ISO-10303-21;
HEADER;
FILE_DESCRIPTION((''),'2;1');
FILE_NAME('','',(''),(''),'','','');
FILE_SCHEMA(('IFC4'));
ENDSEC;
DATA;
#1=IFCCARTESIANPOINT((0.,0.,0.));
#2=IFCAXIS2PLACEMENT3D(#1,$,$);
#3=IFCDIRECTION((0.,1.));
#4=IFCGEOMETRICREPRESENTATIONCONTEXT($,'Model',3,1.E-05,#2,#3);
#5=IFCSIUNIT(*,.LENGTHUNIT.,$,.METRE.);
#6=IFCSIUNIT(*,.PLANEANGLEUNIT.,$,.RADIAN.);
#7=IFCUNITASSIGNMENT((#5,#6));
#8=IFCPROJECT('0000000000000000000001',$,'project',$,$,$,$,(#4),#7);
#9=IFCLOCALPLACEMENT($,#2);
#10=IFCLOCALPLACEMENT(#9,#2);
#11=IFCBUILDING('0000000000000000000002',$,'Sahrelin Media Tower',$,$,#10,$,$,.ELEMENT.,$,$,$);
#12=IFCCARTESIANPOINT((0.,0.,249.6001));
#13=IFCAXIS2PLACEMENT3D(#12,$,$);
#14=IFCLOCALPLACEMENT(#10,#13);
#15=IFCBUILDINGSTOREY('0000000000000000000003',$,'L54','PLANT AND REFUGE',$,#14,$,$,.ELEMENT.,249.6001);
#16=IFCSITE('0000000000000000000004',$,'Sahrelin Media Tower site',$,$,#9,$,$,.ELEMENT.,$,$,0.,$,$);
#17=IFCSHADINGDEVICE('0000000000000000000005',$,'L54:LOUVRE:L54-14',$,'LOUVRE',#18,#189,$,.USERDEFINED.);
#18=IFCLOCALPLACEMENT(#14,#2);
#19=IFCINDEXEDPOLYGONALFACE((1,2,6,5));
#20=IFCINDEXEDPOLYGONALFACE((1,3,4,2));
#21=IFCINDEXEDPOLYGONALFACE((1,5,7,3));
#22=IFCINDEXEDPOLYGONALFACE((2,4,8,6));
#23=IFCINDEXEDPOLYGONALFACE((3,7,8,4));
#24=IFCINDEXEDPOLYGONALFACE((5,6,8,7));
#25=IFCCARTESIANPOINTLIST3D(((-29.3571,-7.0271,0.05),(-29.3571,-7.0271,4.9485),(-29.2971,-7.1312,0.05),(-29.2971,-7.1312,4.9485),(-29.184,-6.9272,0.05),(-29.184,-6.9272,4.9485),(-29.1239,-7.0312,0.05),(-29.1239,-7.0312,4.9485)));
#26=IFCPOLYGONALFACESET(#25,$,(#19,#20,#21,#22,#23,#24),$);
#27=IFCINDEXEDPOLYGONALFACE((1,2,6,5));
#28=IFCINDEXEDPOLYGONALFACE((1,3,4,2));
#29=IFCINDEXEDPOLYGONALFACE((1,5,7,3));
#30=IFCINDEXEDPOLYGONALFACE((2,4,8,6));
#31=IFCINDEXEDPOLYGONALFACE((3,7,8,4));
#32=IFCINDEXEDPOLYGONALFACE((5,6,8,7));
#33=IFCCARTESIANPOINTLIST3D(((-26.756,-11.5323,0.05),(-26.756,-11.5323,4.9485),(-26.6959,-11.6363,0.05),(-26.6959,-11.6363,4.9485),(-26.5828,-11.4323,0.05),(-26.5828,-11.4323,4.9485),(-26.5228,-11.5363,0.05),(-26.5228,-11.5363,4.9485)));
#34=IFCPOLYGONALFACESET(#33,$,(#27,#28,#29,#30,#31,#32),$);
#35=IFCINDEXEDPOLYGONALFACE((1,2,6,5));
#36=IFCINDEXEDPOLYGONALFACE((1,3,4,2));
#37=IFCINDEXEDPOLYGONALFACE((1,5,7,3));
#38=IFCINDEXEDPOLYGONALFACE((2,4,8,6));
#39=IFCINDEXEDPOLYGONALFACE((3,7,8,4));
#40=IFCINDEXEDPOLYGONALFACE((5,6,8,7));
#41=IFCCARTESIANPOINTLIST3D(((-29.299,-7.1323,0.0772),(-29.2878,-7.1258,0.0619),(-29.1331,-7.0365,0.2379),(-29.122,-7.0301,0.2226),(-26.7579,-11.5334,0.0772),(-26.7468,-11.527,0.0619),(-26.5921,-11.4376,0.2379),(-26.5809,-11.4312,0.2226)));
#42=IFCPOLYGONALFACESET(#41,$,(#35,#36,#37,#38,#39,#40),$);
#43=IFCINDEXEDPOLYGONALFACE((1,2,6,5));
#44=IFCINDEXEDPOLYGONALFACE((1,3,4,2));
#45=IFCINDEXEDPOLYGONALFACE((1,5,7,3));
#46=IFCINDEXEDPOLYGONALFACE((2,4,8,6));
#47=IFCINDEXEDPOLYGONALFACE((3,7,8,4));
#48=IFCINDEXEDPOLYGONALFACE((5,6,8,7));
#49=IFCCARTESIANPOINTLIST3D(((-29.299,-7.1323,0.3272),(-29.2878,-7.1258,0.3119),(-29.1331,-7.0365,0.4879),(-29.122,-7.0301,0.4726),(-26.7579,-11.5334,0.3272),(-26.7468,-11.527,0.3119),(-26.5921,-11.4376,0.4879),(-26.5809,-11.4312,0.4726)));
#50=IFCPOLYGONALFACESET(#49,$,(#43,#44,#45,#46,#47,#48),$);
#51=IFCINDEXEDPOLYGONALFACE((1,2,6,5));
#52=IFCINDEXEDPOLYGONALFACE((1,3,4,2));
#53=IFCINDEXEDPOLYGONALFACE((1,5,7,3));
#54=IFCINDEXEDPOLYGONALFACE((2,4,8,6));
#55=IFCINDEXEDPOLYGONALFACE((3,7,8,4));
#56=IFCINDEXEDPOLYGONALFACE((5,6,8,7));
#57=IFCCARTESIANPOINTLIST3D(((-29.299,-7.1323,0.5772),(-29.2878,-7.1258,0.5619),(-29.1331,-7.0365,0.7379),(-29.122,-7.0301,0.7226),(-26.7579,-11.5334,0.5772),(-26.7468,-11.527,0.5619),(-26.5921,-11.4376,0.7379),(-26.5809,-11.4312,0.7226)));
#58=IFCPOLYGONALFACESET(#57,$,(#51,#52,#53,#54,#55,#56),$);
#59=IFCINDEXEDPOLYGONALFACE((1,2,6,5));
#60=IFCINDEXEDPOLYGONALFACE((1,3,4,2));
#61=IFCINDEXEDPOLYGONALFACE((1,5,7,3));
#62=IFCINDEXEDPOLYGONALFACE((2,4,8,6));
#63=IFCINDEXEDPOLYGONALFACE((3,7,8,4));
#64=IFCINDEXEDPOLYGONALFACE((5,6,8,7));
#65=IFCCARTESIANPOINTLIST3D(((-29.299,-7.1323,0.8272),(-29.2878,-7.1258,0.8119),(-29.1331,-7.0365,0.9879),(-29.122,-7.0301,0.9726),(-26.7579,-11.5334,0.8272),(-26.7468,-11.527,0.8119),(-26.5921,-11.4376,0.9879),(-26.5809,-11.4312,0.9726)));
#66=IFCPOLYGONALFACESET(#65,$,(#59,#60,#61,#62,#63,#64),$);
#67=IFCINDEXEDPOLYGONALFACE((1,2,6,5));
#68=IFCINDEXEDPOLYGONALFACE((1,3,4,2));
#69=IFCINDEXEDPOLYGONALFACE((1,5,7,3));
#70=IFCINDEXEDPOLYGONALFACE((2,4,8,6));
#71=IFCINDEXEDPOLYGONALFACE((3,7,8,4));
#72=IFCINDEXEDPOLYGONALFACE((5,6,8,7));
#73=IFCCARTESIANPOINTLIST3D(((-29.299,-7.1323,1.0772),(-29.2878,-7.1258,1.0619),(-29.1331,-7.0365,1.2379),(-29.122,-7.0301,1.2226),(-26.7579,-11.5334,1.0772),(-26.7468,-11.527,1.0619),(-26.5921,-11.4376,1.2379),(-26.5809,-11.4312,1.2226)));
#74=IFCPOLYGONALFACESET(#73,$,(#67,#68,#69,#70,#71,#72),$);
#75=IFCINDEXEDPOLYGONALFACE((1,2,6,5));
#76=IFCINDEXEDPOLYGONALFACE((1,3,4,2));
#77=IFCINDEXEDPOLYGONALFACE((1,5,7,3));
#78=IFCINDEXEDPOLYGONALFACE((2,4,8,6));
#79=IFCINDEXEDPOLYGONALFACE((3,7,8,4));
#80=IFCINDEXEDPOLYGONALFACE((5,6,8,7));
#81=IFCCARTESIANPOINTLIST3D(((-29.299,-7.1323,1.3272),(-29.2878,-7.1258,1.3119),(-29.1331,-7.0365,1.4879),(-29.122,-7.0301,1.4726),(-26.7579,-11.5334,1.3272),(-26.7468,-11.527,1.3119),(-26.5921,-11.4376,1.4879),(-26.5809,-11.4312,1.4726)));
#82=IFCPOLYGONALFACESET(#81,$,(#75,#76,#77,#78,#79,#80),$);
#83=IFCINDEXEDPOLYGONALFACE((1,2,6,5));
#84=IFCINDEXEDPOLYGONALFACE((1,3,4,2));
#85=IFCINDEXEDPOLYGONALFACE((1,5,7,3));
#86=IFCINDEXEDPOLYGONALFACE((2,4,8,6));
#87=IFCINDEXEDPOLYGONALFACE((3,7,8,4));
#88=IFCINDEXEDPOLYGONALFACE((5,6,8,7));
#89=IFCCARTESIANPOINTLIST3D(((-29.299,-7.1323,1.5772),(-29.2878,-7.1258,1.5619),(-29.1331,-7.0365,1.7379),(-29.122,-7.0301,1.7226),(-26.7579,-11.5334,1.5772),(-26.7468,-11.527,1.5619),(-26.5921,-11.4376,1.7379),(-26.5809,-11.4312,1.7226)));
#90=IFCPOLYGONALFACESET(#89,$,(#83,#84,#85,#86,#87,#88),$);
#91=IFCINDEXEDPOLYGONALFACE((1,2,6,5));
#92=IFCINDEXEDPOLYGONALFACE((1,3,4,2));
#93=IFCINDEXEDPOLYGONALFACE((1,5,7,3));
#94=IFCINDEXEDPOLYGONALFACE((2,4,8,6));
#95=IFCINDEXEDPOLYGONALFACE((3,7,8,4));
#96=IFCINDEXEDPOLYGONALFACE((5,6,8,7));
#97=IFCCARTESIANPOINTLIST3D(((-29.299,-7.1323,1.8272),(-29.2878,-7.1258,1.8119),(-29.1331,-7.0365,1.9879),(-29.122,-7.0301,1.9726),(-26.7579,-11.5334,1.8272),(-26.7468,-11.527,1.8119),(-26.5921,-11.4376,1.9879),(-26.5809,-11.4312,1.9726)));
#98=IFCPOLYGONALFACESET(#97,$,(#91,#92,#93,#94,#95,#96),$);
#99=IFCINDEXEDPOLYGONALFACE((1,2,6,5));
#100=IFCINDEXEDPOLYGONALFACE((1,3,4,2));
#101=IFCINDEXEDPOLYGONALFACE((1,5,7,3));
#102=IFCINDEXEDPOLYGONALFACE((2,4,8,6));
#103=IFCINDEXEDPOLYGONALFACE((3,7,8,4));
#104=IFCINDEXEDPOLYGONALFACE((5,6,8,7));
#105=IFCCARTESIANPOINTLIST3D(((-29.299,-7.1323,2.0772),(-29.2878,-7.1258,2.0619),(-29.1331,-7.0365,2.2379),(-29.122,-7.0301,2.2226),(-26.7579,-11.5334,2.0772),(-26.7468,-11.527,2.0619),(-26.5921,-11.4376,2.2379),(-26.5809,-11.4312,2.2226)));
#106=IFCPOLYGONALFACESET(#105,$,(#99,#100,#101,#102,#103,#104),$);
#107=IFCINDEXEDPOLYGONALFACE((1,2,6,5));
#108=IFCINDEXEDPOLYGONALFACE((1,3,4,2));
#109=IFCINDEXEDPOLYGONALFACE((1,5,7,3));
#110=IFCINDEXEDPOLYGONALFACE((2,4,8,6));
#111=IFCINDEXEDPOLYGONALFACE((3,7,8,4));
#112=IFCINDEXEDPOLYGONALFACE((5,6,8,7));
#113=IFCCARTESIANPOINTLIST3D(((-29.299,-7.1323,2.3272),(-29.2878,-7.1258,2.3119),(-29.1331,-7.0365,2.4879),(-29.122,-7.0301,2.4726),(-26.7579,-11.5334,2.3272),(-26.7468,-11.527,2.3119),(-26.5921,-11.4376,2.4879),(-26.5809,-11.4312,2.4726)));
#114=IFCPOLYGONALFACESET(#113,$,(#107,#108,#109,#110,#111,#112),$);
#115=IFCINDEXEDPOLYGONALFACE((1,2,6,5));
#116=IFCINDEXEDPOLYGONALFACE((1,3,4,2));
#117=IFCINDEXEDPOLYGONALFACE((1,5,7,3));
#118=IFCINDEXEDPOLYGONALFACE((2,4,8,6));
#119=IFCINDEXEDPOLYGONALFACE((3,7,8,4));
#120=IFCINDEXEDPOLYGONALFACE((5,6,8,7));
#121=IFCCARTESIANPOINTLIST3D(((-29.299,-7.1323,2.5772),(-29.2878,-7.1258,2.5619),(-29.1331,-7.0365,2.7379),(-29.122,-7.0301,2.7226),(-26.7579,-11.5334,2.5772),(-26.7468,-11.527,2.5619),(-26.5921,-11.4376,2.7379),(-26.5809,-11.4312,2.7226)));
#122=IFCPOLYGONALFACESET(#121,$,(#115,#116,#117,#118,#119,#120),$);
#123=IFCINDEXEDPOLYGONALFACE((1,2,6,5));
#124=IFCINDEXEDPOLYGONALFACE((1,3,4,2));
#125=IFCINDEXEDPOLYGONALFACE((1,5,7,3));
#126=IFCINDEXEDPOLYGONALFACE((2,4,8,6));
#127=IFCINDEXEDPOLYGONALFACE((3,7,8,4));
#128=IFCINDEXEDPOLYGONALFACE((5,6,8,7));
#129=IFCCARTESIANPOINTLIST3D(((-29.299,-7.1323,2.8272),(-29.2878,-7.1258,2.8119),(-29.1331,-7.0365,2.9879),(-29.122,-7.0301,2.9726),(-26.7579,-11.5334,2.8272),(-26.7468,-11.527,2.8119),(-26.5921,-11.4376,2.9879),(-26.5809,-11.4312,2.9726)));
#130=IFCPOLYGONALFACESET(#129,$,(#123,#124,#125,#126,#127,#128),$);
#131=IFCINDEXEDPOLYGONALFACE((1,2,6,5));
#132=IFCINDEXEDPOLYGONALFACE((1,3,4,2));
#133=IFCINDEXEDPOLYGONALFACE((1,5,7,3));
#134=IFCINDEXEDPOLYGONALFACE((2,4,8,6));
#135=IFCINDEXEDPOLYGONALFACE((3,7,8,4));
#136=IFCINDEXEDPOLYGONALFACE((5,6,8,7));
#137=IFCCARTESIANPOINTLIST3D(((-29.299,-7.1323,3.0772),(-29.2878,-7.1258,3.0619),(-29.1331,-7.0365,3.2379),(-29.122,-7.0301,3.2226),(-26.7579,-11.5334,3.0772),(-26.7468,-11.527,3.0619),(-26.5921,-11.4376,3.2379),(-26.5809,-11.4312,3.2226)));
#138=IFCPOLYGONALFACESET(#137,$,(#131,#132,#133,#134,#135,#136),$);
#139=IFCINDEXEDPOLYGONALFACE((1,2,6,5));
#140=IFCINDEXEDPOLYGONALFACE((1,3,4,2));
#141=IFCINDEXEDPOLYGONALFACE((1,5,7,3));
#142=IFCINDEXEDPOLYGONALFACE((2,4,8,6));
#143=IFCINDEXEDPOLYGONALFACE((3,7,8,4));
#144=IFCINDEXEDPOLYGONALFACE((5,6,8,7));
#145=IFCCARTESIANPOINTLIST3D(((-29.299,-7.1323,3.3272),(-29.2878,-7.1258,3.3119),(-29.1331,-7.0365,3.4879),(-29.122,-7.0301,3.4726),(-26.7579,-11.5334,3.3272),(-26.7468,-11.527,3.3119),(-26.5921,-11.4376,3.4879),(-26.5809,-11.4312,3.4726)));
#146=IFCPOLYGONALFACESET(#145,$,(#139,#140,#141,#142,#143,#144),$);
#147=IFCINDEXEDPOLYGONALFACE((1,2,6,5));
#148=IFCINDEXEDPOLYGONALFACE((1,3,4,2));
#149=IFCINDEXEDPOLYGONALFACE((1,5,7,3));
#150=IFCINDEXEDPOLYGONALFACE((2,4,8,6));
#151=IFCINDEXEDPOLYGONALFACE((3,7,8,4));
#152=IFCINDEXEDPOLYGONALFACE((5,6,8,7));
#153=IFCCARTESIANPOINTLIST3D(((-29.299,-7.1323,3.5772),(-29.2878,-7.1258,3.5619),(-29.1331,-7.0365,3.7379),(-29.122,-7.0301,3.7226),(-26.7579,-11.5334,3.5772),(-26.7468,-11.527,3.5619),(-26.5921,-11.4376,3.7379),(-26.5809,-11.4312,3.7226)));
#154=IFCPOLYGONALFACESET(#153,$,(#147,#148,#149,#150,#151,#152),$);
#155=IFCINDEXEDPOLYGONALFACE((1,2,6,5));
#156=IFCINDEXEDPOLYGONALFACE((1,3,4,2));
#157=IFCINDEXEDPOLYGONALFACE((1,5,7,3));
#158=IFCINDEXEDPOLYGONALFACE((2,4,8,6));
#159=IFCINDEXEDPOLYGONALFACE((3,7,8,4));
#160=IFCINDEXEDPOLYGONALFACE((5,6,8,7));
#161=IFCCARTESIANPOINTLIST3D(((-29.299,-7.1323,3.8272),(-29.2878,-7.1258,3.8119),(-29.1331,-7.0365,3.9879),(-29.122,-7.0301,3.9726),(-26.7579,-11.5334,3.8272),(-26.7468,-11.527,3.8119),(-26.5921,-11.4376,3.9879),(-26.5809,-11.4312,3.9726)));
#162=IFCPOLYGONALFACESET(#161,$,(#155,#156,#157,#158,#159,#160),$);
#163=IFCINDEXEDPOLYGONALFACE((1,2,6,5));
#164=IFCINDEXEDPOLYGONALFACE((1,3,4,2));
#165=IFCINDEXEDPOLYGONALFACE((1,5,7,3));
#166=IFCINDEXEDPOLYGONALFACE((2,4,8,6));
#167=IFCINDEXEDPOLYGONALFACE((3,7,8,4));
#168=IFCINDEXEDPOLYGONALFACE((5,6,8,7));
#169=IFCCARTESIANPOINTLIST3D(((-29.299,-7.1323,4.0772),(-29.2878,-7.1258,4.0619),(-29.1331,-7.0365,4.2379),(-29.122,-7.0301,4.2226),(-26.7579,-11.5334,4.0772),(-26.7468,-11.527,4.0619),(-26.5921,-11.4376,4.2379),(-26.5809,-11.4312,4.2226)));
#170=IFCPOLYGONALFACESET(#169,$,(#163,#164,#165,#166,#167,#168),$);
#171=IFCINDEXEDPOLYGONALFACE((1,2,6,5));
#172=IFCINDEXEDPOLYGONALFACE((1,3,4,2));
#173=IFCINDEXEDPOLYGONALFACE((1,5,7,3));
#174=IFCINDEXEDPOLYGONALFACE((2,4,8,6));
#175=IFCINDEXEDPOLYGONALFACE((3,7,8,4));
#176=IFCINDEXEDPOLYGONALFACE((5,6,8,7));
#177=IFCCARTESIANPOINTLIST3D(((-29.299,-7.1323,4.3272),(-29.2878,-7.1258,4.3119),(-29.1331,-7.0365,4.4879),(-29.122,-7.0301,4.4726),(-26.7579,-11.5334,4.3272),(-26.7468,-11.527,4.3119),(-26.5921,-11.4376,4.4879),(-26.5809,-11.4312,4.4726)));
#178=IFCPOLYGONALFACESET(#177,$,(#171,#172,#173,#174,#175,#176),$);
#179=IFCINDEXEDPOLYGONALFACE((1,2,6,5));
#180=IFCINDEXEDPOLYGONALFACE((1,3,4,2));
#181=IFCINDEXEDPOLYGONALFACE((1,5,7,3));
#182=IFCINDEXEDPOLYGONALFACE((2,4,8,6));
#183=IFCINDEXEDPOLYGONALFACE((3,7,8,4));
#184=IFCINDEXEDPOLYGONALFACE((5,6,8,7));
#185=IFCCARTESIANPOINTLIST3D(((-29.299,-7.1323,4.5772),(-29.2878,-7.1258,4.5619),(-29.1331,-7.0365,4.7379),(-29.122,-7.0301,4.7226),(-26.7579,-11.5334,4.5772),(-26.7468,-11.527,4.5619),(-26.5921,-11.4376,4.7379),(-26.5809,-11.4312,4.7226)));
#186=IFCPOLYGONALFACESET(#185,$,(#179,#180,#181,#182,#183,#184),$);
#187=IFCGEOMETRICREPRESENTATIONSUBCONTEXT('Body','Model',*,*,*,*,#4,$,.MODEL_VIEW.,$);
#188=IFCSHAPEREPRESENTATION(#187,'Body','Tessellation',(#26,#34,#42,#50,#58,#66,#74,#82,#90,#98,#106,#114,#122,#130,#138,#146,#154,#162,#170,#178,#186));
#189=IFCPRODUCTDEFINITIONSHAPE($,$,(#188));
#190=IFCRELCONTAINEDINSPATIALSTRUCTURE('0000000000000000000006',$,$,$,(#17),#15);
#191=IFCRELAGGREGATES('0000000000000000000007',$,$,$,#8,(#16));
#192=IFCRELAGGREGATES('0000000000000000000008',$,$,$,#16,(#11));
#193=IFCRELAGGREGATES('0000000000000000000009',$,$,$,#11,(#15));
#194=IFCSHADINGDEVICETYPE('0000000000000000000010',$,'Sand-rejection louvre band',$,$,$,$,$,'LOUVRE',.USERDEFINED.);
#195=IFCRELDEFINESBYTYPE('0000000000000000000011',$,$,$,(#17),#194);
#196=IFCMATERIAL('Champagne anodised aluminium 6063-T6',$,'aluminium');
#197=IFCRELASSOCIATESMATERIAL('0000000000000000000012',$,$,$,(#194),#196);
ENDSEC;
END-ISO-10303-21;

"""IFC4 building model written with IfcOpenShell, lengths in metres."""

from ifc_helpers import new_model, si_unit, direction, frame, origin, origin_2d, place, context, subcontext, project, spatial, rectangle, extrude, material, type_object, element, save


model = new_model("IFC4")

# Units and contexts
model_context = context("Model", 3, precision=1e-05, world=origin(), true_north=direction((0.0, 1.0)))
body_context = subcontext(model_context, "Body", "Model", "MODEL_VIEW")
ifc_project = project(units=[si_unit("LENGTHUNIT", "METRE"), si_unit("PLANEANGLEUNIT", "RADIAN")], contexts=[model_context])

# Site, building, storey
site_placement = place(None, origin())
site = spatial("IfcSite", under=ifc_project, at=site_placement, Name="Sahrelin Media Tower site", CompositionType="ELEMENT", RefElevation=0.0)
building_placement = place(site_placement, origin())
building = spatial("IfcBuilding", under=site, at=building_placement, Name="Sahrelin Media Tower", CompositionType="ELEMENT")
storey_placement = place(building_placement, frame((0.0, 0.0, 249.6001)))
storey = spatial("IfcBuildingStorey", under=building, at=storey_placement, Name="L54", Description="PLANT AND REFUGE", CompositionType="ELEMENT", Elevation=249.6001)

# Shading device
ifc_material_1 = material(Name="Champagne anodised aluminium 6063-T6", Category="aluminium")
shading_device_type = type_object("IfcShadingDeviceType", Name="Sand-rejection louvre band", ElementType="LOUVRE", PredefinedType="USERDEFINED", material=ifc_material_1)
shading_device_1_placement = place(storey_placement, frame((-27.8533, -9.2317, 0.0), z_axis=(0.0, 0.0, 1.0), x_axis=(-0.500011, 0.866019, 0.0)))
element("IfcShadingDevice", 1, at=shading_device_1_placement, inside=storey, type_object=shading_device_type, Name="L54:LOUVRE:L54-14", ObjectType="LOUVRE", PredefinedType="USERDEFINED", context=body_context, shape_type="SweptSolid", body=[
    extrude(rectangle(XDim=0.1201, YDim=0.2, at=origin_2d()), frame((2.6011, 0.1001, 0.05), z_axis=(0.0, 0.0, 1.0), x_axis=(1.0, 0.0, 0.0)), (0.0, 0.0, 1.0), 4.8984),
    extrude(rectangle(XDim=0.1201, YDim=0.2, at=origin_2d()), frame((-2.6011, 0.1001, 0.05), z_axis=(0.0, 0.0, 1.0), x_axis=(1.0, 0.0, 0.0)), (0.0, 0.0, 1.0), 4.8984),
    extrude(rectangle(XDim=0.25, YDim=0.02, at=origin_2d()), frame((2.541, 0.1001, 0.1499), z_axis=(-1.0, 0.0, 0.0), x_axis=(0.0, -0.766044, 0.642788)), (0.0, 0.0, 1.0), 5.082),
    extrude(rectangle(XDim=0.25, YDim=0.02, at=origin_2d()), frame((2.541, 0.1001, 0.3999), z_axis=(-1.0, 0.0, 0.0), x_axis=(0.0, -0.766044, 0.642788)), (0.0, 0.0, 1.0), 5.082),
    extrude(rectangle(XDim=0.25, YDim=0.02, at=origin_2d()), frame((2.541, 0.1001, 0.6499), z_axis=(-1.0, 0.0, 0.0), x_axis=(0.0, -0.766044, 0.642788)), (0.0, 0.0, 1.0), 5.082),
    extrude(rectangle(XDim=0.25, YDim=0.02, at=origin_2d()), frame((2.541, 0.1001, 0.8999), z_axis=(-1.0, 0.0, 0.0), x_axis=(0.0, -0.766044, 0.642788)), (0.0, 0.0, 1.0), 5.082),
    extrude(rectangle(XDim=0.25, YDim=0.02, at=origin_2d()), frame((2.541, 0.1001, 1.1499), z_axis=(-1.0, 0.0, 0.0), x_axis=(0.0, -0.766044, 0.642788)), (0.0, 0.0, 1.0), 5.082),
    extrude(rectangle(XDim=0.25, YDim=0.02, at=origin_2d()), frame((2.541, 0.1001, 1.3999), z_axis=(-1.0, 0.0, 0.0), x_axis=(0.0, -0.766044, 0.642788)), (0.0, 0.0, 1.0), 5.082),
    extrude(rectangle(XDim=0.25, YDim=0.02, at=origin_2d()), frame((2.541, 0.1001, 1.6499), z_axis=(-1.0, 0.0, 0.0), x_axis=(0.0, -0.766044, 0.642788)), (0.0, 0.0, 1.0), 5.082),
    extrude(rectangle(XDim=0.25, YDim=0.02, at=origin_2d()), frame((2.541, 0.1001, 1.8999), z_axis=(-1.0, 0.0, 0.0), x_axis=(0.0, -0.766044, 0.642788)), (0.0, 0.0, 1.0), 5.082),
    extrude(rectangle(XDim=0.25, YDim=0.02, at=origin_2d()), frame((2.541, 0.1001, 2.1499), z_axis=(-1.0, 0.0, 0.0), x_axis=(0.0, -0.766044, 0.642788)), (0.0, 0.0, 1.0), 5.082),
    extrude(rectangle(XDim=0.25, YDim=0.02, at=origin_2d()), frame((2.541, 0.1001, 2.3999), z_axis=(-1.0, 0.0, 0.0), x_axis=(0.0, -0.766044, 0.642788)), (0.0, 0.0, 1.0), 5.082),
    extrude(rectangle(XDim=0.25, YDim=0.02, at=origin_2d()), frame((2.541, 0.1001, 2.6499), z_axis=(-1.0, 0.0, 0.0), x_axis=(0.0, -0.766044, 0.642788)), (0.0, 0.0, 1.0), 5.082),
    extrude(rectangle(XDim=0.25, YDim=0.02, at=origin_2d()), frame((2.541, 0.1001, 2.8999), z_axis=(-1.0, 0.0, 0.0), x_axis=(0.0, -0.766044, 0.642788)), (0.0, 0.0, 1.0), 5.082),
    extrude(rectangle(XDim=0.25, YDim=0.02, at=origin_2d()), frame((2.541, 0.1001, 3.1499), z_axis=(-1.0, 0.0, 0.0), x_axis=(0.0, -0.766044, 0.642788)), (0.0, 0.0, 1.0), 5.082),
    extrude(rectangle(XDim=0.25, YDim=0.02, at=origin_2d()), frame((2.541, 0.1001, 3.3999), z_axis=(-1.0, 0.0, 0.0), x_axis=(0.0, -0.766044, 0.642788)), (0.0, 0.0, 1.0), 5.082),
    extrude(rectangle(XDim=0.25, YDim=0.02, at=origin_2d()), frame((2.541, 0.1001, 3.6499), z_axis=(-1.0, 0.0, 0.0), x_axis=(0.0, -0.766044, 0.642788)), (0.0, 0.0, 1.0), 5.082),
    extrude(rectangle(XDim=0.25, YDim=0.02, at=origin_2d()), frame((2.541, 0.1001, 3.8999), z_axis=(-1.0, 0.0, 0.0), x_axis=(0.0, -0.766044, 0.642788)), (0.0, 0.0, 1.0), 5.082),
    extrude(rectangle(XDim=0.25, YDim=0.02, at=origin_2d()), frame((2.541, 0.1001, 4.1499), z_axis=(-1.0, 0.0, 0.0), x_axis=(0.0, -0.766044, 0.642788)), (0.0, 0.0, 1.0), 5.082),
    extrude(rectangle(XDim=0.25, YDim=0.02, at=origin_2d()), frame((2.541, 0.1001, 4.3999), z_axis=(-1.0, 0.0, 0.0), x_axis=(0.0, -0.766044, 0.642788)), (0.0, 0.0, 1.0), 5.082),
    extrude(rectangle(XDim=0.25, YDim=0.02, at=origin_2d()), frame((2.541, 0.1001, 4.6499), z_axis=(-1.0, 0.0, 0.0), x_axis=(0.0, -0.766044, 0.642788)), (0.0, 0.0, 1.0), 5.082),
])

save(model, "model.ifc")
